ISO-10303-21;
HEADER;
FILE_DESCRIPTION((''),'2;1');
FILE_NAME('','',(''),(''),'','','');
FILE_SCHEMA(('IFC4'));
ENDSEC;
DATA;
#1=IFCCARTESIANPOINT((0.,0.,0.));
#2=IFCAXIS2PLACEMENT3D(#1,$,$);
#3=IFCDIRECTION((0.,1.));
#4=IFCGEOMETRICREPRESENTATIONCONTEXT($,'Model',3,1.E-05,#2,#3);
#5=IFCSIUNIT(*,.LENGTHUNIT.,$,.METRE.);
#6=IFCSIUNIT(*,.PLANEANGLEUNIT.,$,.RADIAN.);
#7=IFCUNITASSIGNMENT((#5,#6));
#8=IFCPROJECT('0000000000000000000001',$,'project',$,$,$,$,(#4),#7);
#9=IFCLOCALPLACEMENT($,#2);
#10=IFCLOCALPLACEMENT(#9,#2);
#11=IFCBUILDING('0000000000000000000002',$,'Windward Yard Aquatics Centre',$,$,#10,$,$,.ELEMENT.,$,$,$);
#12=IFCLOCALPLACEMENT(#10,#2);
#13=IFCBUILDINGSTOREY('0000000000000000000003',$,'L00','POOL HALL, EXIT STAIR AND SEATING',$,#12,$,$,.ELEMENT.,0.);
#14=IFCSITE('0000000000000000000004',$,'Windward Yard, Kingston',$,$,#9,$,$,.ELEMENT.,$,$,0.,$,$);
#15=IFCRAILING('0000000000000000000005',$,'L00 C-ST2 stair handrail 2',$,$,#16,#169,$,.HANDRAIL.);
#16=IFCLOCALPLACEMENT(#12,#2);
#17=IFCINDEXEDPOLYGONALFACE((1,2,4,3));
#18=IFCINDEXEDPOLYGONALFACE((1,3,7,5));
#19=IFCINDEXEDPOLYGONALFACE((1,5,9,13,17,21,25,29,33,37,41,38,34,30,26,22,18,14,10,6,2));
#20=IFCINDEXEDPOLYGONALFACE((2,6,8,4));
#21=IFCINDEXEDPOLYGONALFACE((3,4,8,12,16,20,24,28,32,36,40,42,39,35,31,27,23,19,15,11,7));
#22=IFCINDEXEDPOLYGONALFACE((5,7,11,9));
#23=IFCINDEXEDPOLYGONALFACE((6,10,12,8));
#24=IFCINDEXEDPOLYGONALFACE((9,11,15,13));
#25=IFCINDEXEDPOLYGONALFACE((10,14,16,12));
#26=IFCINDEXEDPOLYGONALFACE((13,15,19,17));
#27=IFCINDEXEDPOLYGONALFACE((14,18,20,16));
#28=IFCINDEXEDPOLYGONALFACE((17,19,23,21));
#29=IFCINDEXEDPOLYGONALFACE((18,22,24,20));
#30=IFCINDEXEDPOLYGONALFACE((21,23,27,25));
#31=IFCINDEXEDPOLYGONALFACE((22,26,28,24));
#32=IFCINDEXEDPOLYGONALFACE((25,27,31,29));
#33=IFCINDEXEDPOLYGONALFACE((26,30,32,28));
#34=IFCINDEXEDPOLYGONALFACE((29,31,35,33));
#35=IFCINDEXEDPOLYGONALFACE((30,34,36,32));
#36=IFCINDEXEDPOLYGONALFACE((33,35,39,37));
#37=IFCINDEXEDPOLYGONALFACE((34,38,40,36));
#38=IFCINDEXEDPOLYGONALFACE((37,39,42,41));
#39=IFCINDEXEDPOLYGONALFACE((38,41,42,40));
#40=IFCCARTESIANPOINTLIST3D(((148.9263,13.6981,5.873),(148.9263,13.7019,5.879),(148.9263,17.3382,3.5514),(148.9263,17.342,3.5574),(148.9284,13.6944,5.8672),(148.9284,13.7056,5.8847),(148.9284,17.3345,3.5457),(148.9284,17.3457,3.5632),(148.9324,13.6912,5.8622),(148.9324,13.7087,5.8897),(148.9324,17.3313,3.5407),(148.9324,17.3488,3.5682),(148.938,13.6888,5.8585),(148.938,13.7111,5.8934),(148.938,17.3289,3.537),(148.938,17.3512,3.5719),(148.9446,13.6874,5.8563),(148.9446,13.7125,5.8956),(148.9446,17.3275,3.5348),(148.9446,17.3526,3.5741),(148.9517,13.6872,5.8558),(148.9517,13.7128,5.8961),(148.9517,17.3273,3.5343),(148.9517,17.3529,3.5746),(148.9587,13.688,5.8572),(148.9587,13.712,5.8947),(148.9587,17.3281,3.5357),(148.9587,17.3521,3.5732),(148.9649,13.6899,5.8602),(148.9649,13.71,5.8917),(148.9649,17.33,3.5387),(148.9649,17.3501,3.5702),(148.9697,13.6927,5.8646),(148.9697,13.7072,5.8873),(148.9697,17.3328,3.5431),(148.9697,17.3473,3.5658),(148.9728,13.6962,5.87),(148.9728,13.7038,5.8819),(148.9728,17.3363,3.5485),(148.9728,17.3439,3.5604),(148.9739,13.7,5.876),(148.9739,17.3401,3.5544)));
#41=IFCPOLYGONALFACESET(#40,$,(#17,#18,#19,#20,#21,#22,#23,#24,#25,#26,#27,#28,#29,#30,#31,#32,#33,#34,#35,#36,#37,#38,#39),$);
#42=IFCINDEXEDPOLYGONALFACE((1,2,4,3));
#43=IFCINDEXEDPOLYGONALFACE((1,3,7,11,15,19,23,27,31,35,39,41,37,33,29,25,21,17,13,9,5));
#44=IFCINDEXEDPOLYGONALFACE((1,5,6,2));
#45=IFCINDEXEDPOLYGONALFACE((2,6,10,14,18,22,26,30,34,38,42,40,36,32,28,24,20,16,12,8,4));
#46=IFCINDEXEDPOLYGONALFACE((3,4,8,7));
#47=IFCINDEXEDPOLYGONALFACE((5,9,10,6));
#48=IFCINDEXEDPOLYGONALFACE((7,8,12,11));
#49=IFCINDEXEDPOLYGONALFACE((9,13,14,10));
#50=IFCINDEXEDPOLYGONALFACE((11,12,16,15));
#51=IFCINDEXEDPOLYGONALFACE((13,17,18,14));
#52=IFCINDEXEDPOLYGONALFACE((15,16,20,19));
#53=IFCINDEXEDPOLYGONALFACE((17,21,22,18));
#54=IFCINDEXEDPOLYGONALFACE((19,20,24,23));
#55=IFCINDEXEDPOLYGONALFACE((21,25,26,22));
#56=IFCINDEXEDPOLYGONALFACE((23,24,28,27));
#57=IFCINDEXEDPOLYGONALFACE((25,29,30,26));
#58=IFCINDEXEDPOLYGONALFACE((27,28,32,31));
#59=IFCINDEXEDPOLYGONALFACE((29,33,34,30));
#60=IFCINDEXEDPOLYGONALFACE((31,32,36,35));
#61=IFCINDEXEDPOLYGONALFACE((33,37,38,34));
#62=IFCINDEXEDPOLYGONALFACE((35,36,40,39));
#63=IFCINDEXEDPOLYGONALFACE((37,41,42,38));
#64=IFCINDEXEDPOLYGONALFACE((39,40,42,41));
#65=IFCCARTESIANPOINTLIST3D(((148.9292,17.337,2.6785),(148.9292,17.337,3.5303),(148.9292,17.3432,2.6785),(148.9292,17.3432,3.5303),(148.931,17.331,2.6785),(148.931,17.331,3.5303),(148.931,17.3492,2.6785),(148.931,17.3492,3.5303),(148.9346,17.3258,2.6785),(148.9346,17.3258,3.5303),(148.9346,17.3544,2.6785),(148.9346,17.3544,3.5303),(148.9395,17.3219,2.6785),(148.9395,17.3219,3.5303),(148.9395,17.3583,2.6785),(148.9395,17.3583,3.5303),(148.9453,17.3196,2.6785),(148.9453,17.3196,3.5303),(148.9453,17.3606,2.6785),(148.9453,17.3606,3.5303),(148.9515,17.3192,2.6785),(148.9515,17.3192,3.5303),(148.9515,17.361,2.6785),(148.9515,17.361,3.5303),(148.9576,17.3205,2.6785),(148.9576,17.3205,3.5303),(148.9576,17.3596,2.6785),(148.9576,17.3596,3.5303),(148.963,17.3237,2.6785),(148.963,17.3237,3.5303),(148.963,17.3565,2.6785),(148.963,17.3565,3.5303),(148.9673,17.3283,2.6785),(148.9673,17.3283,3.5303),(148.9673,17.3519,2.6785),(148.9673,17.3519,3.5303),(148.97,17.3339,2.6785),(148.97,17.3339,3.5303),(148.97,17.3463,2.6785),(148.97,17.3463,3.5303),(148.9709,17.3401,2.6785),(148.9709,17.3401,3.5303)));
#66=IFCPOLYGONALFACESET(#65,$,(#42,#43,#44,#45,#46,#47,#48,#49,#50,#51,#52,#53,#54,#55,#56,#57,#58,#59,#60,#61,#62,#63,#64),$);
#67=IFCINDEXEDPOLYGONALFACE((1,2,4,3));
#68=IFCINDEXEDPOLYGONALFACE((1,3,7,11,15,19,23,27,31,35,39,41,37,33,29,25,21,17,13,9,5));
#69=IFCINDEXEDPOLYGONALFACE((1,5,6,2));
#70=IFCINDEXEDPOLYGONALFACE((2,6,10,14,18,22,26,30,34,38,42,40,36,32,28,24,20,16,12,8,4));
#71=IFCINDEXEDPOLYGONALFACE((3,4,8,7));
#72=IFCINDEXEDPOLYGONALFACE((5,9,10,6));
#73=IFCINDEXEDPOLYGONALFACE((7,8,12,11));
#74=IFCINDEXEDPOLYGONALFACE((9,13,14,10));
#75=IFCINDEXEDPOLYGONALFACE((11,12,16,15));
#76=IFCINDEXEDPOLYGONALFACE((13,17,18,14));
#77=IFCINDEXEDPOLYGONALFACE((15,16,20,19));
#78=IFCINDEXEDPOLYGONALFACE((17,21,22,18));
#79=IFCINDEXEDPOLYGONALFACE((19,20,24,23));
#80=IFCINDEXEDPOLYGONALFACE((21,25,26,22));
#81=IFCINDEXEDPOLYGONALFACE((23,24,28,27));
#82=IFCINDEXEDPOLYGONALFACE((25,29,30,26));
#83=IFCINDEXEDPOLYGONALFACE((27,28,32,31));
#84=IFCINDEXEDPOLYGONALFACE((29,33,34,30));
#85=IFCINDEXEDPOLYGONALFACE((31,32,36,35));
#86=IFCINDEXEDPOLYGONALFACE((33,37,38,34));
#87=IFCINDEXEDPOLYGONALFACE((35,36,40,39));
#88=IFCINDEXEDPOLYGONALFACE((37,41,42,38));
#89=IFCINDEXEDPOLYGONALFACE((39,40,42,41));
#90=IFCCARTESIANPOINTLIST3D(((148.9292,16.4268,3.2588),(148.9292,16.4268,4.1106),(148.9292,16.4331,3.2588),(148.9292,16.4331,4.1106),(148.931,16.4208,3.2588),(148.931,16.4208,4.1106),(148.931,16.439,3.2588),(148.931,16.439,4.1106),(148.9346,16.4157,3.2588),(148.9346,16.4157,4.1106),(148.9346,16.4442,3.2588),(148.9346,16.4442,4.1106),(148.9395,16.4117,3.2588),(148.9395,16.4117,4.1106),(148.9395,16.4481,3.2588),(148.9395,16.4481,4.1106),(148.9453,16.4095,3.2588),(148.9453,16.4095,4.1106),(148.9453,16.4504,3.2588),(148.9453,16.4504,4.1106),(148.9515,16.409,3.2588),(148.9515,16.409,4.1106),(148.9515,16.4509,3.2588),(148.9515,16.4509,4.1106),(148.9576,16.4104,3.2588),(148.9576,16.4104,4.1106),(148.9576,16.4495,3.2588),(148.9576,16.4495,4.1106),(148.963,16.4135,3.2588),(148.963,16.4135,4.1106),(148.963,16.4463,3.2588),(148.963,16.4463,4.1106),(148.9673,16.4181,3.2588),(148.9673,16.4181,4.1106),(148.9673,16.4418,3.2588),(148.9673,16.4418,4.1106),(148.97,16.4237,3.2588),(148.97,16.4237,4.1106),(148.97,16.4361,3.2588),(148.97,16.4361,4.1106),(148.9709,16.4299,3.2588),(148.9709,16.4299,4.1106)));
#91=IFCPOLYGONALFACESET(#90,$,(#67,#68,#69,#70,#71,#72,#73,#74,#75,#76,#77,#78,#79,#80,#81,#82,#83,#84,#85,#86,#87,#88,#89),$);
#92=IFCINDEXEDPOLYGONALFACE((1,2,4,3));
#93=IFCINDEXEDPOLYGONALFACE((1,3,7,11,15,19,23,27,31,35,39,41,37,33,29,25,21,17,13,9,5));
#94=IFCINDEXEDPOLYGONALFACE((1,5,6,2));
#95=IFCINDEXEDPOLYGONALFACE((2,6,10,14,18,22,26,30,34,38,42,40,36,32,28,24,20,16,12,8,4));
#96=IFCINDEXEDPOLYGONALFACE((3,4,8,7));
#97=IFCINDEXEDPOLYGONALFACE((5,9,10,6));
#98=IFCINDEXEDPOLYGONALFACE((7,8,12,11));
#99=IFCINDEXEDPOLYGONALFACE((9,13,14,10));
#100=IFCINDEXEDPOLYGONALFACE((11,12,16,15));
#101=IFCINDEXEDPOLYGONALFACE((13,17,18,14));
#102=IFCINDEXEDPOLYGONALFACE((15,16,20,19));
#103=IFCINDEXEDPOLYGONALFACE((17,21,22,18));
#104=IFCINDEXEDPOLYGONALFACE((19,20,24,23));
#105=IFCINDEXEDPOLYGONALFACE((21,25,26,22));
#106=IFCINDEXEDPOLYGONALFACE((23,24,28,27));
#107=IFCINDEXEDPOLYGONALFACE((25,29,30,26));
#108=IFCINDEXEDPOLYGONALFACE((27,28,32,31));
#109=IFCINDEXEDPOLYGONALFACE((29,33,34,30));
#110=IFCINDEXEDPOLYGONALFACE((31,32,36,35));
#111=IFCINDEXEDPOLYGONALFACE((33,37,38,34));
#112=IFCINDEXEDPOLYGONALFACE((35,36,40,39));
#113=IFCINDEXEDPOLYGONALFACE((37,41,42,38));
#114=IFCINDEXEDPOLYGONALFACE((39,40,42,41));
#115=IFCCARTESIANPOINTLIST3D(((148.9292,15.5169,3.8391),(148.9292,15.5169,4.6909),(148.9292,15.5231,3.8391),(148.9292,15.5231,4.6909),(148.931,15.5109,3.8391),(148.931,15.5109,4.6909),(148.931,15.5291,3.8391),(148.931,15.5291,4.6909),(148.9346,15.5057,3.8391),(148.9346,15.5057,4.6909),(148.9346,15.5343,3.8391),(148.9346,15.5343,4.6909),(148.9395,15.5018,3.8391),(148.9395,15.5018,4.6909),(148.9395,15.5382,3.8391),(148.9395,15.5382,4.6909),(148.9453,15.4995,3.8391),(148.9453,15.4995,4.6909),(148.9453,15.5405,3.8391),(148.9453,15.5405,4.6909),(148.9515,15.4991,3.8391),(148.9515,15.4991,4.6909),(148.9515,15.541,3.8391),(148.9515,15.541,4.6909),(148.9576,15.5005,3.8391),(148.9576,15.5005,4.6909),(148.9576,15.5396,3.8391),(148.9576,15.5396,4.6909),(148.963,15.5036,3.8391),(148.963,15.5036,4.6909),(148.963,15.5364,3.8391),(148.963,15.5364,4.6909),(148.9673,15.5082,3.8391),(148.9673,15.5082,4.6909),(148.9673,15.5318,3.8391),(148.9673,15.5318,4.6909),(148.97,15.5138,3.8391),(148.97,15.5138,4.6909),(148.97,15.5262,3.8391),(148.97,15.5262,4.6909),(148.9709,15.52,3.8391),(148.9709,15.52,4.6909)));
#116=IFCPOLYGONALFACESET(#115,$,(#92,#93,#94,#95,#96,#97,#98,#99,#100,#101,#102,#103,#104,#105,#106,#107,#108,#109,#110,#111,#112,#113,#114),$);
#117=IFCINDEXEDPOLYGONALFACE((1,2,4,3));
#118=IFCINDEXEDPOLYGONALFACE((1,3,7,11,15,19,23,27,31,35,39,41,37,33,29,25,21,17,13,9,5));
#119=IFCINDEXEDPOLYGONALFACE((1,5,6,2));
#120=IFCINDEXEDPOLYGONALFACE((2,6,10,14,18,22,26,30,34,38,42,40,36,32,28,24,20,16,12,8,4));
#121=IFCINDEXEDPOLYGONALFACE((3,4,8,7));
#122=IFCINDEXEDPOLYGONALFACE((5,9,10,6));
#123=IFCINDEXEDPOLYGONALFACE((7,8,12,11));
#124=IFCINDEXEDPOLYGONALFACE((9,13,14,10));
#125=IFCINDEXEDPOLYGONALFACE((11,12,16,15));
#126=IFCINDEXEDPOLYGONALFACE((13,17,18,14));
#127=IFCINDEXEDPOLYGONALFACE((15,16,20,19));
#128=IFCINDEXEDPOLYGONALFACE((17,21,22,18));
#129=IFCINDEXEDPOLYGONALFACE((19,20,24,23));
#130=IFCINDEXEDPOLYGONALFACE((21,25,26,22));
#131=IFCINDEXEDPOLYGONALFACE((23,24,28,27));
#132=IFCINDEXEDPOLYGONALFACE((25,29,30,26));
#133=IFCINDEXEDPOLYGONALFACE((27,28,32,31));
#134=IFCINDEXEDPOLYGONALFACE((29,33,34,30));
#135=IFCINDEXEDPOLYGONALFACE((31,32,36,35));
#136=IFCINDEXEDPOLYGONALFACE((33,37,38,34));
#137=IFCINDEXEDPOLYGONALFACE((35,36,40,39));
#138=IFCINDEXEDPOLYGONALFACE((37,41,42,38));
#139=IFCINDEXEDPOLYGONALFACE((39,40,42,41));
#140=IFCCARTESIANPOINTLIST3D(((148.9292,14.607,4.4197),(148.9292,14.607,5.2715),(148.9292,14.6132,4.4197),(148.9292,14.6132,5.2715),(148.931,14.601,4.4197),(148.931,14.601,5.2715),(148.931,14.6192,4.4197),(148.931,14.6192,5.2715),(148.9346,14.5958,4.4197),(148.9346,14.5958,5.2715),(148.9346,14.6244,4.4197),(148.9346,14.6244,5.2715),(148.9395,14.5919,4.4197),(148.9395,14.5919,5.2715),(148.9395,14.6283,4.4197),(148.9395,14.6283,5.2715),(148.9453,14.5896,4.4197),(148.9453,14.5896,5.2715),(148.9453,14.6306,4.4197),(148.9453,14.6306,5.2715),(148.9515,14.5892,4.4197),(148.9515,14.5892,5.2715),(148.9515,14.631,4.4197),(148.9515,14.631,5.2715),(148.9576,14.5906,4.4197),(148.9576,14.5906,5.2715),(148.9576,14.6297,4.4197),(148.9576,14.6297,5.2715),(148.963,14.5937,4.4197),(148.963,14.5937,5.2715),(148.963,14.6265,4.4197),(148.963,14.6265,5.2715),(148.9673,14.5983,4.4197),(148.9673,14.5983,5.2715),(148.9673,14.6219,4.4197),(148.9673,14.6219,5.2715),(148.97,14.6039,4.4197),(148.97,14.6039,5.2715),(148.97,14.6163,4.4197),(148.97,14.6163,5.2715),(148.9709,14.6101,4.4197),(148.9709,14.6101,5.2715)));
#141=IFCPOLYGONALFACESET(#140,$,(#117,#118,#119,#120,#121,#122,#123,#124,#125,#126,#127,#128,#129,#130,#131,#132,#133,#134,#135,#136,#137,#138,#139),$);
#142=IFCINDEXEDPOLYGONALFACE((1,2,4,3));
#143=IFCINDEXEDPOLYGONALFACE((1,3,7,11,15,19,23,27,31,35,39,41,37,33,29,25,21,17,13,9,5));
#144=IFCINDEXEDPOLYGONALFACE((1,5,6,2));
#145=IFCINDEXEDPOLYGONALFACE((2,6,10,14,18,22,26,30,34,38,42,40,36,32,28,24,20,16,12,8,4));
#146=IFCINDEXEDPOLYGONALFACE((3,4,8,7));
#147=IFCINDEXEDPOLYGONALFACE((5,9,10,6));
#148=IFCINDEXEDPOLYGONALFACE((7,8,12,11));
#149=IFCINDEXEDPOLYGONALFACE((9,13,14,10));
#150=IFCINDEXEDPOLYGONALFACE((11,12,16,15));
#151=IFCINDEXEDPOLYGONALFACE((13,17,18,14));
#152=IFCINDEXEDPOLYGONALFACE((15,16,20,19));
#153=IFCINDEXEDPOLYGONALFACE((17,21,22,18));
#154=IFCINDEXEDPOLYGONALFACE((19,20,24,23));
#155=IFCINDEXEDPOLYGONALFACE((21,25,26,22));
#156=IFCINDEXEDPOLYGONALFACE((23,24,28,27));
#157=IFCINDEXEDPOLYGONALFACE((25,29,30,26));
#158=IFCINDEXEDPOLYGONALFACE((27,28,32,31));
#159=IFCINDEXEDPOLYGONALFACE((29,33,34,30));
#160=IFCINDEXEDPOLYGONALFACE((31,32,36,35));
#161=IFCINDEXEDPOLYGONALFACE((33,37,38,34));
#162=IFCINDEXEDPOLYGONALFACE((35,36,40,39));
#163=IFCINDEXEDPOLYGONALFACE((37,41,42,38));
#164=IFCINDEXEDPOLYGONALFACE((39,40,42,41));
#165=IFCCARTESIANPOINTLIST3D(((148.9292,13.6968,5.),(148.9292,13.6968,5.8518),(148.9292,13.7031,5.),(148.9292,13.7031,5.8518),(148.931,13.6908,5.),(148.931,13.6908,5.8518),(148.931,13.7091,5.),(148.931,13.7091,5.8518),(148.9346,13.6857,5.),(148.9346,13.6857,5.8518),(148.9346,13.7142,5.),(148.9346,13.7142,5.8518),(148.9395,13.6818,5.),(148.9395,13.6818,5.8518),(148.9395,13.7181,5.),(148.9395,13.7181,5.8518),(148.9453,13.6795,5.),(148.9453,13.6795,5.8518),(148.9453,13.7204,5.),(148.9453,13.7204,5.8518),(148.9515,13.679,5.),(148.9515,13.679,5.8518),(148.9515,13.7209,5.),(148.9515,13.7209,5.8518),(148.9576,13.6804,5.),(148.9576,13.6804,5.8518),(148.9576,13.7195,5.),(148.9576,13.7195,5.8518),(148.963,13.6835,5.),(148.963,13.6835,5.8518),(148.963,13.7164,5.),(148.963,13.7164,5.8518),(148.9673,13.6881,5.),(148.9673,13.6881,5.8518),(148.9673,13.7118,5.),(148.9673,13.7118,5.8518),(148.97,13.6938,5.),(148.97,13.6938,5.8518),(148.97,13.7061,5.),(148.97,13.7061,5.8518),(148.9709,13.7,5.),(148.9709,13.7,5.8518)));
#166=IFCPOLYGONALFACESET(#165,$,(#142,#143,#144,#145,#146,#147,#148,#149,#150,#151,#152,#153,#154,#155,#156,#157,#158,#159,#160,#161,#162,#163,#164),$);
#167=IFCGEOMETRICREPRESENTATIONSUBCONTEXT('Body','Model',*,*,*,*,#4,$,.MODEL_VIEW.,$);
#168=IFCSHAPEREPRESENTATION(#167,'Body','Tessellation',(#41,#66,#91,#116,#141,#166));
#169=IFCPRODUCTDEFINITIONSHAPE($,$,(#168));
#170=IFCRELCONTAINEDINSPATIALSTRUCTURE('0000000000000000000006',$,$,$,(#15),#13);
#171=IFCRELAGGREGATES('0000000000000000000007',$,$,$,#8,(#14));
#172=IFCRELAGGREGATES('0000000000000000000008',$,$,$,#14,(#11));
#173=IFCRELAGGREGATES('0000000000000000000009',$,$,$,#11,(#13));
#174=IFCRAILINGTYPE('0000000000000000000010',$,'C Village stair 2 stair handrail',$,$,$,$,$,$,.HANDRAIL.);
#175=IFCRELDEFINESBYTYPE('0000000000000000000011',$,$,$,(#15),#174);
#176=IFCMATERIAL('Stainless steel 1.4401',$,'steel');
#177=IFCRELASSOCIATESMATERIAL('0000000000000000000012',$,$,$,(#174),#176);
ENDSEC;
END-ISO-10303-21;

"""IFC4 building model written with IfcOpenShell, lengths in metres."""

from ifc_helpers import new_model, si_unit, direction, frame, origin, origin_2d, place, context, subcontext, project, spatial, circle, extrude, material, type_object, element, save


model = new_model("IFC4")

# Units and contexts
model_context = context("Model", 3, precision=1e-05, world=origin(), true_north=direction((0.0, 1.0)))
body_context = subcontext(model_context, "Body", "Model", "MODEL_VIEW")
ifc_project = project(units=[si_unit("LENGTHUNIT", "METRE"), si_unit("PLANEANGLEUNIT", "RADIAN")], contexts=[model_context])

# Site, building, storey
site_placement = place(None, origin())
site = spatial("IfcSite", under=ifc_project, at=site_placement, Name="Windward Yard, Kingston", CompositionType="ELEMENT", RefElevation=0.0)
building_placement = place(site_placement, origin())
building = spatial("IfcBuilding", under=site, at=building_placement, Name="Windward Yard Aquatics Centre", CompositionType="ELEMENT")
storey_placement = place(building_placement, origin())
storey = spatial("IfcBuildingStorey", under=building, at=storey_placement, Name="L00", Description="POOL HALL, EXIT STAIR AND SEATING", CompositionType="ELEMENT", Elevation=0.0)

# Railing
ifc_material_1 = material(Name="Stainless steel 1.4401", Category="steel")
railing_type_1 = type_object("IfcRailingType", Name="C Village stair 2 stair handrail", PredefinedType="HANDRAIL", material=ifc_material_1)
railing_1_placement = place(storey_placement, frame((148.95, 17.3401, 2.6785)))
element("IfcRailing", 1, at=railing_1_placement, inside=storey, type_object=railing_type_1, Name="L00 C-ST2 stair handrail 2", PredefinedType="HANDRAIL", context=body_context, shape_type="SweptSolid", body=[
    extrude(circle(Radius=0.0239, at=origin_2d()), frame((0.0, 0.0, 0.876), z_axis=(0.0, -0.843128, 0.537713), x_axis=(1.0, 0.0, 0.0)), (0.0, 0.0, 1.0), 4.3174),
    extrude(circle(Radius=0.021, at=origin_2d()), origin(), (0.0, 0.0, 1.0), 0.8518),
    extrude(circle(Radius=0.021, at=origin_2d()), frame((0.0, -0.9102, 0.5803)), (0.0, 0.0, 1.0), 0.8518),
    extrude(circle(Radius=0.021, at=origin_2d()), frame((0.0, -1.8201, 1.1606)), (0.0, 0.0, 1.0), 0.8518),
    extrude(circle(Radius=0.021, at=origin_2d()), frame((0.0, -2.73, 1.7412)), (0.0, 0.0, 1.0), 0.8518),
    extrude(circle(Radius=0.021, at=origin_2d()), frame((0.0, -3.6401, 2.3215)), (0.0, 0.0, 1.0), 0.8518),
])

save(model, "model.ifc")
